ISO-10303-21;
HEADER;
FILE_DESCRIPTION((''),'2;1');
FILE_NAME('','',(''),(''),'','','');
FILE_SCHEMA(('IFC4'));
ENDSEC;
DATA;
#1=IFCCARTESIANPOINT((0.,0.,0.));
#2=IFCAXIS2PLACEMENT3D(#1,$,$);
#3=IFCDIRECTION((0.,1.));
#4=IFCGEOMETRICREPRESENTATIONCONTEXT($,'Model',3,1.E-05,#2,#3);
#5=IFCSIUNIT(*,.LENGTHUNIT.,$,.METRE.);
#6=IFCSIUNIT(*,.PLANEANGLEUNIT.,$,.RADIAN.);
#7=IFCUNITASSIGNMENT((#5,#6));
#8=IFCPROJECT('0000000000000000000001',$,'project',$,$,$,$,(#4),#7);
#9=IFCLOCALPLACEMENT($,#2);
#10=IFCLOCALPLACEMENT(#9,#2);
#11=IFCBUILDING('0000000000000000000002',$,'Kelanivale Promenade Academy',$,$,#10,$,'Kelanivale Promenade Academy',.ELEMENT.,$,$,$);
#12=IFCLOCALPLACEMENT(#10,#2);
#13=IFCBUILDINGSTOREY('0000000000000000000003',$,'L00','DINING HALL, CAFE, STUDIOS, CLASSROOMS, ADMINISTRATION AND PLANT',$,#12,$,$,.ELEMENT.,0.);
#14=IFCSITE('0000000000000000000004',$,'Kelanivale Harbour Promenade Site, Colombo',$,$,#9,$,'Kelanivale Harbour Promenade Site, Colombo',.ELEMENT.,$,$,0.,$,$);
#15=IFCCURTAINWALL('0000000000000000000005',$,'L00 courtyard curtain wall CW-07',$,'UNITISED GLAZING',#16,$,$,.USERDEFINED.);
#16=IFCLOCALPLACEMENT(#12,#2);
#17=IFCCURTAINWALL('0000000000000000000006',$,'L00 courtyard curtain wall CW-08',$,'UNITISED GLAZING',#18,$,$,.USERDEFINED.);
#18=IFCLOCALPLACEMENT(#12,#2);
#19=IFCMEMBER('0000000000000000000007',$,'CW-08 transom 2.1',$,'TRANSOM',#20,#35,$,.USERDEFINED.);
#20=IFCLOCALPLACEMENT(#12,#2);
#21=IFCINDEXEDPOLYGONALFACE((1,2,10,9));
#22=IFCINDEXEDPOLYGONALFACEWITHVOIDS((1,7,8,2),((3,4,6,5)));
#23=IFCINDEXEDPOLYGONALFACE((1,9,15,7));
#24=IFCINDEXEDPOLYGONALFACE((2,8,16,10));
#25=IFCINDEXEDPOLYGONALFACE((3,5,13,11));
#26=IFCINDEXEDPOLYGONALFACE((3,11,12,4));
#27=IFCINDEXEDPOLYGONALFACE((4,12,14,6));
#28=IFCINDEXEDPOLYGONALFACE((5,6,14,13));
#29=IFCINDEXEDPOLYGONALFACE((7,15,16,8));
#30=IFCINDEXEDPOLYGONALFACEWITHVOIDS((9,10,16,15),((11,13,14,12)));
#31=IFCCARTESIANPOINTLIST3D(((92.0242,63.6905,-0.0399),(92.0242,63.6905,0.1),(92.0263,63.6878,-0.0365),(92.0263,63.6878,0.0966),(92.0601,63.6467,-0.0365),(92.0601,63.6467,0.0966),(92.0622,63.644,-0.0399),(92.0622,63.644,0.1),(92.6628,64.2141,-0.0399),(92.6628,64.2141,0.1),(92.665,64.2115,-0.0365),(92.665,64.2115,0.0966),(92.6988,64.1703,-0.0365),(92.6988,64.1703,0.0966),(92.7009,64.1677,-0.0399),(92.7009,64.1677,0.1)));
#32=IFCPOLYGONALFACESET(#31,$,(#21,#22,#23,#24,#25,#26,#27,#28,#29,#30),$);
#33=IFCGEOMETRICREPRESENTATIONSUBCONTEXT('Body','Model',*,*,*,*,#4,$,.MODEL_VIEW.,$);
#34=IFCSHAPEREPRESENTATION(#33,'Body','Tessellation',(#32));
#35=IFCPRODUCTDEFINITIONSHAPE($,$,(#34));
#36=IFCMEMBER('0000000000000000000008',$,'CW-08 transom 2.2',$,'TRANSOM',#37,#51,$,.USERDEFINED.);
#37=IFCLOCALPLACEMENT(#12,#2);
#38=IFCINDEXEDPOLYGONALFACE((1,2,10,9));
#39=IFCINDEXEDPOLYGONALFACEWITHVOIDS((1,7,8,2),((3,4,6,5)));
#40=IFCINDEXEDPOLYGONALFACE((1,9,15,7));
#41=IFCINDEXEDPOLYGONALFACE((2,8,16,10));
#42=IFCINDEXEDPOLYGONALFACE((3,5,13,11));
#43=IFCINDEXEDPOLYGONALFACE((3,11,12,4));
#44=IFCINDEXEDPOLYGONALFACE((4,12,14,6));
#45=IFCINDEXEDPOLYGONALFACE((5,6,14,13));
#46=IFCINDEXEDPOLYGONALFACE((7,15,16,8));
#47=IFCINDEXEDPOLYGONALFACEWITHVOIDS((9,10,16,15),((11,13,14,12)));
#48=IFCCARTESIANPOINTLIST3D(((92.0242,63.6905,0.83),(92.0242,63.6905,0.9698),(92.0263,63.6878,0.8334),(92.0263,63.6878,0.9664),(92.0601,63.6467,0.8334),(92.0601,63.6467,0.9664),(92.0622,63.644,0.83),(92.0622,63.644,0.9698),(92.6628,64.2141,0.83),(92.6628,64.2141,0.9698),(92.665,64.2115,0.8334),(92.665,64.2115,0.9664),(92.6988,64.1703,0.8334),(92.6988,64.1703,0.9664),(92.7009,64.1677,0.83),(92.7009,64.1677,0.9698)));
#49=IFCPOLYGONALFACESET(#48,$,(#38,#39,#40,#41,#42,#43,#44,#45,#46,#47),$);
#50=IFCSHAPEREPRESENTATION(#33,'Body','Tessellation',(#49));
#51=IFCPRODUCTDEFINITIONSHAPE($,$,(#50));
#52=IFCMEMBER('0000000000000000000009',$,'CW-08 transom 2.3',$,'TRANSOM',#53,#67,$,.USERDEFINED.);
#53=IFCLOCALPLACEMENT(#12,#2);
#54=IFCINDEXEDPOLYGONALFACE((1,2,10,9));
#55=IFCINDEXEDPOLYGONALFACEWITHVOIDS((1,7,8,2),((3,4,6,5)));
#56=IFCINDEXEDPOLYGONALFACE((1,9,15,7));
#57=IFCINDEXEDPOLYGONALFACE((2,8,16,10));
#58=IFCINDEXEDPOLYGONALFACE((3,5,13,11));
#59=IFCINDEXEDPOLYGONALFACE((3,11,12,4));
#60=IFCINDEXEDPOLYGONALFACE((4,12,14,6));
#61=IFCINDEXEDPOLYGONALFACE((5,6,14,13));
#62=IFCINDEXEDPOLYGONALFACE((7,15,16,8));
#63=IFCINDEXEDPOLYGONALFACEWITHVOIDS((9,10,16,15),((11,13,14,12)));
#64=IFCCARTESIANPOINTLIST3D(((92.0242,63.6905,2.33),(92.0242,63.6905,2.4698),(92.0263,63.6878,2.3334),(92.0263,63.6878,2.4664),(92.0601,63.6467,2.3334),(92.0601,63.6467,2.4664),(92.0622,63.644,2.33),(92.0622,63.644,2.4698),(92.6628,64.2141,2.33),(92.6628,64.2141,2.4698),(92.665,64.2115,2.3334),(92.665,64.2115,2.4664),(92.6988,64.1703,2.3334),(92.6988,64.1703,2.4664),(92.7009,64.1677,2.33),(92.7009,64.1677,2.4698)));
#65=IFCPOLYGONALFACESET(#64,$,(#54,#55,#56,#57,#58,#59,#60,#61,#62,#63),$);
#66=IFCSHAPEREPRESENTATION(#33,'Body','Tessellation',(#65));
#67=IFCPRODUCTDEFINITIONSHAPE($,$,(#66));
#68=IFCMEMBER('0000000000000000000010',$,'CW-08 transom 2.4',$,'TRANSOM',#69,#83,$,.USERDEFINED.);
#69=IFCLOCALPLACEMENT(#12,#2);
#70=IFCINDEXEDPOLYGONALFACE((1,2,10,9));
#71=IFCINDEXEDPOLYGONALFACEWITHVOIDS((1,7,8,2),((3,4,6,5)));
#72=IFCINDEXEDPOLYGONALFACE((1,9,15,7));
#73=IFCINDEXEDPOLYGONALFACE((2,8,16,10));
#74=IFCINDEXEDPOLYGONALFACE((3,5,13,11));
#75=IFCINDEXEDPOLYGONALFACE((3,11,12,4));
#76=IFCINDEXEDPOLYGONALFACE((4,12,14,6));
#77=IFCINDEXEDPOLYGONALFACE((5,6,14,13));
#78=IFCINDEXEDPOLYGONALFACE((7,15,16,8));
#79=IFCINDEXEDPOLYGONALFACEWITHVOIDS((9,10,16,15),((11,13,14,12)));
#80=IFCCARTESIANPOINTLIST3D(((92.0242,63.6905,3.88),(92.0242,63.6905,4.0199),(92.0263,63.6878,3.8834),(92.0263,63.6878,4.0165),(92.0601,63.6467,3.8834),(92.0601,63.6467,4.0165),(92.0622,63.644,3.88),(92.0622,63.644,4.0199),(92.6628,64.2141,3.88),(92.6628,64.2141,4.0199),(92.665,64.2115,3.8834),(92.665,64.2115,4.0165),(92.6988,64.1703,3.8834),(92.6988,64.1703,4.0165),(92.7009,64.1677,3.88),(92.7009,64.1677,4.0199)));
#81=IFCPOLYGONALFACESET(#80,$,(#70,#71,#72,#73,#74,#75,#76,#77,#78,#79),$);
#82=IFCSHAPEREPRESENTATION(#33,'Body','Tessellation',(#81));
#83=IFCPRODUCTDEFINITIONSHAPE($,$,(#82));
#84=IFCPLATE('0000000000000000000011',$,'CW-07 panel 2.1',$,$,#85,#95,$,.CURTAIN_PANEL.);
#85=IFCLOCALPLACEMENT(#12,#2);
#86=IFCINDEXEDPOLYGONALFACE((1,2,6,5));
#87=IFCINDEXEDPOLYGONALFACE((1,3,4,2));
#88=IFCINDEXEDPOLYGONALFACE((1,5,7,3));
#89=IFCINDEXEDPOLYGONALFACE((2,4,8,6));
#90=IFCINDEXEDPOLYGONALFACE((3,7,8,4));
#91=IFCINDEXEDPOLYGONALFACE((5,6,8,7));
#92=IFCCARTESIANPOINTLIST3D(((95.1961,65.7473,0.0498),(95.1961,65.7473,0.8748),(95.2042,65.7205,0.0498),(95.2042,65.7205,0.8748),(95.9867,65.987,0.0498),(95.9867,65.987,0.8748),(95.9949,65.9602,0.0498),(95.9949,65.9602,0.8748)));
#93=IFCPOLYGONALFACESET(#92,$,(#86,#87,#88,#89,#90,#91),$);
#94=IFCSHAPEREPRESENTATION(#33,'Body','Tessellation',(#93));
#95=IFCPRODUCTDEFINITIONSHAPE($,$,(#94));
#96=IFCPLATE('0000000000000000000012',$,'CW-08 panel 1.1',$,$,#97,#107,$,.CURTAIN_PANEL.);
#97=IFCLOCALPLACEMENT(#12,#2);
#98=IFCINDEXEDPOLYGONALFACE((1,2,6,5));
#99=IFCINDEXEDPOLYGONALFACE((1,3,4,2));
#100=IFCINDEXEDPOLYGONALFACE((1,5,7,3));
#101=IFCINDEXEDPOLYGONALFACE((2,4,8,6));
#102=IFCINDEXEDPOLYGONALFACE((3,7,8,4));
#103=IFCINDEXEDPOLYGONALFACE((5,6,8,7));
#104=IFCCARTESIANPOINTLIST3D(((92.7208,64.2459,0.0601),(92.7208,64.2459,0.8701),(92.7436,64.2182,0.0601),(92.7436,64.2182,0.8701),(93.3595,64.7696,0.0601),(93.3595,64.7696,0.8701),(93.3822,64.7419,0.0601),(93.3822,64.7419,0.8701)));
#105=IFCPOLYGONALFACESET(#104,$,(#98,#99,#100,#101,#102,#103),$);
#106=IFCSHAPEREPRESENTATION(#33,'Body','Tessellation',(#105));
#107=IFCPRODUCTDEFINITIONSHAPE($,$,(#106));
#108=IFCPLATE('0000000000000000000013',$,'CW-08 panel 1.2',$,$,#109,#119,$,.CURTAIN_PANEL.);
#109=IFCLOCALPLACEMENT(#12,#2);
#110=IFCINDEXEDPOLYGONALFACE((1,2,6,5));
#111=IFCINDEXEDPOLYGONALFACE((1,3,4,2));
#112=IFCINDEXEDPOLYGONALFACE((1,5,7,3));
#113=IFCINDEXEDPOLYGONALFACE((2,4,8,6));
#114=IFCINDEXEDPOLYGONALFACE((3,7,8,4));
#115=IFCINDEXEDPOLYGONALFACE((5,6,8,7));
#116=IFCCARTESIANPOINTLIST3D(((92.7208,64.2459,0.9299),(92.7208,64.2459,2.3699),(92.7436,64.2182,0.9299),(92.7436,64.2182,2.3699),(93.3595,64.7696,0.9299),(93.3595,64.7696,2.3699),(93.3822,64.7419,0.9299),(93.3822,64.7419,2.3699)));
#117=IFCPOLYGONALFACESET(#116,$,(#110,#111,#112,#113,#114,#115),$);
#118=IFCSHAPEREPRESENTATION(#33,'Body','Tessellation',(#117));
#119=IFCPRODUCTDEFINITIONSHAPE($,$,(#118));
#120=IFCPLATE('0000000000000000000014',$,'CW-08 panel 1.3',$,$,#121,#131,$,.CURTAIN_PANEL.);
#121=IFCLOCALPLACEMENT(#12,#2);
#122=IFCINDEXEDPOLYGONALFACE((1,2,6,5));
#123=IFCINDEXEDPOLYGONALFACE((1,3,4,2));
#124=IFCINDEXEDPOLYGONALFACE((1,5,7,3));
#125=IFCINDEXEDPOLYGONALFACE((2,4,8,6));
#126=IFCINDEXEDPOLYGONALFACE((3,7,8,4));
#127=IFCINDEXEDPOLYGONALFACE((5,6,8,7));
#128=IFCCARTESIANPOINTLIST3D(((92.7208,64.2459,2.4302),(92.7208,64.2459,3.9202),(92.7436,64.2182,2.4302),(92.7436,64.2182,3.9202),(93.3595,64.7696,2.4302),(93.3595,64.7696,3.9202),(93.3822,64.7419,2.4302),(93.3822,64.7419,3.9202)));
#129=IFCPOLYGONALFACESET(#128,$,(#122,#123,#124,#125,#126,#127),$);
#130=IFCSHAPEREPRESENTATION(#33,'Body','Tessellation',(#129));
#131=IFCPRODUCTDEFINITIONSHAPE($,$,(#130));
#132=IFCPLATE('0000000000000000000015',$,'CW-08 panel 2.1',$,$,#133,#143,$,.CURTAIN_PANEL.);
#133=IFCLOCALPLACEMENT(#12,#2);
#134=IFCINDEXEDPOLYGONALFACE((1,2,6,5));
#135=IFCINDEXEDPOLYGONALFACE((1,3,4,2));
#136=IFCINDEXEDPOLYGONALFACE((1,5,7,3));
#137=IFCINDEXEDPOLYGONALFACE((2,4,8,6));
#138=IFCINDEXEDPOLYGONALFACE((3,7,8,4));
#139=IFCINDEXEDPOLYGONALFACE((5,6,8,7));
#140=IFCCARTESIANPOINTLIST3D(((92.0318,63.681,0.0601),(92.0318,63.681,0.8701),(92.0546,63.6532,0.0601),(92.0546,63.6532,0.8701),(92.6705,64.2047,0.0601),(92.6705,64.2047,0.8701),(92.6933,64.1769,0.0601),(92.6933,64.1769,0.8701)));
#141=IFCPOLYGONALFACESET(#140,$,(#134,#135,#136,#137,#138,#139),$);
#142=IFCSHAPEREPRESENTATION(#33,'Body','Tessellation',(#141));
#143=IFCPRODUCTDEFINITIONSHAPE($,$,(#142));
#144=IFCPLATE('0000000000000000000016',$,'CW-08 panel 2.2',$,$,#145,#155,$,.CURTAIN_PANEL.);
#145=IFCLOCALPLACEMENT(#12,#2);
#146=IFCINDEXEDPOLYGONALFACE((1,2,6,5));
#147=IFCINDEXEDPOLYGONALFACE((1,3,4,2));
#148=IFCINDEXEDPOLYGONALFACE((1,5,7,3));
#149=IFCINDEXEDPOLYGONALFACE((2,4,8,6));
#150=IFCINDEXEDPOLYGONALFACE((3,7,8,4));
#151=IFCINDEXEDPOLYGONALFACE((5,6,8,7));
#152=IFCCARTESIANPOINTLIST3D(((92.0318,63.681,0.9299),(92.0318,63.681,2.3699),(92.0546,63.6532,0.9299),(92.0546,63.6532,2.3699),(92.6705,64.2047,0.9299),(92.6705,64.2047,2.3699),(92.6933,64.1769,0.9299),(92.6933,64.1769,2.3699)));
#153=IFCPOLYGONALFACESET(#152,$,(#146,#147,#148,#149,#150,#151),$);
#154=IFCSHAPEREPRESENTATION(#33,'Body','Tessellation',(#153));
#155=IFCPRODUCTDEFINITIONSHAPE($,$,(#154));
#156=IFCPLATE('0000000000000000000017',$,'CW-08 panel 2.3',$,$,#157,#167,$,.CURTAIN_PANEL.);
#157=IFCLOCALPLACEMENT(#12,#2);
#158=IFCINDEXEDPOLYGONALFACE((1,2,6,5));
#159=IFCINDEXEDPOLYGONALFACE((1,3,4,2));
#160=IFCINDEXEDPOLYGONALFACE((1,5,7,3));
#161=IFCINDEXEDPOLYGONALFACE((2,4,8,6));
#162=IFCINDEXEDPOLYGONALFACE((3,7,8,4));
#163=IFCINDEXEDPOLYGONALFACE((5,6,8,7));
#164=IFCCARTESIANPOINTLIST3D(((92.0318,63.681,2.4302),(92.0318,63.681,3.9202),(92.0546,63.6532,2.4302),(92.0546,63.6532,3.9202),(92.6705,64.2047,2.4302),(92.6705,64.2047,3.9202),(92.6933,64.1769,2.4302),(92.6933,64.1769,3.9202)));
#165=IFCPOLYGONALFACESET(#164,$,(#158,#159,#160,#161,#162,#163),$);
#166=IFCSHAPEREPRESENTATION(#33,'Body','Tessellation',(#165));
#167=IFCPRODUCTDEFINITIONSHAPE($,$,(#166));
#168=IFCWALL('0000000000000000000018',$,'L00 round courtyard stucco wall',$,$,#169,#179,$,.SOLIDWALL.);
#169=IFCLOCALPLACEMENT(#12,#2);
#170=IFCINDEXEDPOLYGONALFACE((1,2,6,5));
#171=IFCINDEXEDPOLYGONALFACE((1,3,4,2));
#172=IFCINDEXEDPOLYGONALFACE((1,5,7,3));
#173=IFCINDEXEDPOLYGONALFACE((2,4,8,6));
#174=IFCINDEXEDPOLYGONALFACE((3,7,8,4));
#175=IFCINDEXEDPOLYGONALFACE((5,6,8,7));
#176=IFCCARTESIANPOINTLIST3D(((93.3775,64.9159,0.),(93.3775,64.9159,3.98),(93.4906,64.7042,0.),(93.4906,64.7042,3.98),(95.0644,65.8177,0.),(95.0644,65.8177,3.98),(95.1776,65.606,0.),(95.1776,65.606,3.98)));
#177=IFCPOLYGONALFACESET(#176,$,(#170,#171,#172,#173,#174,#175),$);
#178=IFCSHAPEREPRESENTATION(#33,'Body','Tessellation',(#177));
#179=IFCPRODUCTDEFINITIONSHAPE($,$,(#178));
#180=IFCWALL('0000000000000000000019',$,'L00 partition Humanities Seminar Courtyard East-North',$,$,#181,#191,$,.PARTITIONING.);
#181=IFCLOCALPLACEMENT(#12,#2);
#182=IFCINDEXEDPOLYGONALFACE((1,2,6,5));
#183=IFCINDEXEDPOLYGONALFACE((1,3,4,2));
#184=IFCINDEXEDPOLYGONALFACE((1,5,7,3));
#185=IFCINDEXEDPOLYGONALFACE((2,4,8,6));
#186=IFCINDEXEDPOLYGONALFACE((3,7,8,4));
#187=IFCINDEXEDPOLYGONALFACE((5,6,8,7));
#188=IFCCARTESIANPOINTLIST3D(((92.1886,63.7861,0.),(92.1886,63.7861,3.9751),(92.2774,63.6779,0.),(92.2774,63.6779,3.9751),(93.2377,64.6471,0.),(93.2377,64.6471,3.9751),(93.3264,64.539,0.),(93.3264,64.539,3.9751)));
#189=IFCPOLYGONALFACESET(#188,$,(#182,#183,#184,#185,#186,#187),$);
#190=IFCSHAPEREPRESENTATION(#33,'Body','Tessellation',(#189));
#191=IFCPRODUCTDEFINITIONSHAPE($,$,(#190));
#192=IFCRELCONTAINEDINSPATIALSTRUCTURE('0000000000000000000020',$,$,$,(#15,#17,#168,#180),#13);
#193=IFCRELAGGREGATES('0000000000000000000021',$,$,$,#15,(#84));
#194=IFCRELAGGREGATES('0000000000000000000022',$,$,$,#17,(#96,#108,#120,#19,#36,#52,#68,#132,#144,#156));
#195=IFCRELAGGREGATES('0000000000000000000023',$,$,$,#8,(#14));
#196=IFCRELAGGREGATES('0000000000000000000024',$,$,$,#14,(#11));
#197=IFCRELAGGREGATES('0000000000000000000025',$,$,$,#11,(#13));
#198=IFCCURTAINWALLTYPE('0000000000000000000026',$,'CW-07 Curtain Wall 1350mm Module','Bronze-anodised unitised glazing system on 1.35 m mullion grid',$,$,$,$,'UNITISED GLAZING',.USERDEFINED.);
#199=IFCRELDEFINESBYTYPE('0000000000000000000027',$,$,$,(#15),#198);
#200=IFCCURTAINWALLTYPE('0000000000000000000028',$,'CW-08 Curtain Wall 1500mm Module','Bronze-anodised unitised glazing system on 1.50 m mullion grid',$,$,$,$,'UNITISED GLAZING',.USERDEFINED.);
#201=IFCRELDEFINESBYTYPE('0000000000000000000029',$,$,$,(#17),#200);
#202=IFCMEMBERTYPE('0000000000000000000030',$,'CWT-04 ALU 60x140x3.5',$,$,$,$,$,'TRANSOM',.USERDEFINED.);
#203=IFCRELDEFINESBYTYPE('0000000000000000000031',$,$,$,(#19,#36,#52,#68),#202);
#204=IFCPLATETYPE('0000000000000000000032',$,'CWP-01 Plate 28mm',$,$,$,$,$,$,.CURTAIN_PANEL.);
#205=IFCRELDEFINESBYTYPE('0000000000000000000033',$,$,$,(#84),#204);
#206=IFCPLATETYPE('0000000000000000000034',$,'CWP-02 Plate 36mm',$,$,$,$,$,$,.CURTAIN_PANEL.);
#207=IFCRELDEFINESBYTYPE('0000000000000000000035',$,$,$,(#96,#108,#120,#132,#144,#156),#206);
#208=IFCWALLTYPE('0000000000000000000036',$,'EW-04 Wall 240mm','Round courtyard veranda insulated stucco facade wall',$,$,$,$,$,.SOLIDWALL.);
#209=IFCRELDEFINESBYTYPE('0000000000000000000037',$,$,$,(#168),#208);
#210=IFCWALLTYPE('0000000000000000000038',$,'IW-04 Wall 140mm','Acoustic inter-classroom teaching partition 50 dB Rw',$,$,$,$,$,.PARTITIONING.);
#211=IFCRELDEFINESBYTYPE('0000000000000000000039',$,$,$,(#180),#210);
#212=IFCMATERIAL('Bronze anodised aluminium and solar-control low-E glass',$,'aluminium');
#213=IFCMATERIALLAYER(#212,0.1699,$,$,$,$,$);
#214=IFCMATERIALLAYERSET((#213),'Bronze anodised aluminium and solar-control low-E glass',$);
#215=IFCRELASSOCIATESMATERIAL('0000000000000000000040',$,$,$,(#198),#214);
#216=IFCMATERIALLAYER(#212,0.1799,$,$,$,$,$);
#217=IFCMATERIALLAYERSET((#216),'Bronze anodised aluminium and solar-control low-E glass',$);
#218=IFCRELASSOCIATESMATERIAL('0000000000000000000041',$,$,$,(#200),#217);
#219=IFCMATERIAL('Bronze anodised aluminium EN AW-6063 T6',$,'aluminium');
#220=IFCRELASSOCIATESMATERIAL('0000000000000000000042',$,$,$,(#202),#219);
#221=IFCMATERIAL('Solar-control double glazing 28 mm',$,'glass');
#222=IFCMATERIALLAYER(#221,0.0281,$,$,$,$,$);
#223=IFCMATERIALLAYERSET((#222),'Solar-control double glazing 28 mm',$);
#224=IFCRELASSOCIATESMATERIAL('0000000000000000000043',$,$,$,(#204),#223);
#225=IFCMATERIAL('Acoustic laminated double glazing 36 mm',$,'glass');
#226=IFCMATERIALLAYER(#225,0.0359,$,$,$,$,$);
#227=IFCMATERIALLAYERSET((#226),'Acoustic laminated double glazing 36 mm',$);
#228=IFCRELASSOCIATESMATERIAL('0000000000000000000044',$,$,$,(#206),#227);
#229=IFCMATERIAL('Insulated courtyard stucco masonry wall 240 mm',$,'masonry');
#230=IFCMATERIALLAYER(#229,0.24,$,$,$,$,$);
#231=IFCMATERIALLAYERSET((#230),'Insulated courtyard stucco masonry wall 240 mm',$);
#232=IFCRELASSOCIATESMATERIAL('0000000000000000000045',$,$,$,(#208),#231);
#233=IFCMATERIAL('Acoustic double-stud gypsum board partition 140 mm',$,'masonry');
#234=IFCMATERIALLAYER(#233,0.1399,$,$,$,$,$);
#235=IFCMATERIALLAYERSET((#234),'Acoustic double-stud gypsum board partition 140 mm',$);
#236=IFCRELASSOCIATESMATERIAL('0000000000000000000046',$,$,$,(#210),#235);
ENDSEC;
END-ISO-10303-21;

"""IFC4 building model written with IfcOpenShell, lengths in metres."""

from ifc_helpers import new_model, si_unit, direction, frame, frame_2d, origin, origin_2d, place, context, subcontext, project, spatial, rectangle, hollow_rectangle, extrude, material, layer, layer_set, material_profile, profile_set, type_object, element, aggregate, save


model = new_model("IFC4")

# Units and contexts
model_context = context("Model", 3, precision=1e-05, world=origin(), true_north=direction((0.0, 1.0)))
body_context = subcontext(model_context, "Body", "Model", "MODEL_VIEW")
ifc_project = project(units=[si_unit("LENGTHUNIT", "METRE"), si_unit("PLANEANGLEUNIT", "RADIAN")], contexts=[model_context])

# Site, building, storey
site_placement = place(None, origin())
site = spatial("IfcSite", under=ifc_project, at=site_placement, Name="Kelanivale Harbour Promenade Site, Colombo", LongName="Kelanivale Harbour Promenade Site, Colombo", CompositionType="ELEMENT", RefElevation=0.0)
building_placement = place(site_placement, origin())
building = spatial("IfcBuilding", under=site, at=building_placement, Name="Kelanivale Promenade Academy", LongName="Kelanivale Promenade Academy", CompositionType="ELEMENT")
storey_placement = place(building_placement, origin())
storey = spatial("IfcBuildingStorey", under=building, at=storey_placement, Name="L00", Description="DINING HALL, CAFE, STUDIOS, CLASSROOMS, ADMINISTRATION AND PLANT", CompositionType="ELEMENT", Elevation=0.0)

# Curtain wall
ifc_material_1 = material(Name="Bronze anodised aluminium and solar-control low-E glass", Category="aluminium")
ifc_material_2 = material(Name="Bronze anodised aluminium EN AW-6063 T6", Category="aluminium")
ifc_layer_1 = layer(ifc_material_1, 0.1699)
ifc_layer_set_1 = layer_set([ifc_layer_1], Name="Bronze anodised aluminium and solar-control low-E glass")
curtain_wall_type_1 = type_object("IfcCurtainWallType", Name="CW-07 Curtain Wall 1350mm Module", Description="Bronze-anodised unitised glazing system on 1.35 m mullion grid", ElementType="UNITISED GLAZING", PredefinedType="USERDEFINED", material=ifc_layer_set_1)
curtain_wall_1_placement = place(storey_placement, origin())
curtain_wall_1 = element("IfcCurtainWall", 1, at=curtain_wall_1_placement, inside=storey, type_object=curtain_wall_type_1, Name="L00 courtyard curtain wall CW-07", ObjectType="UNITISED GLAZING", PredefinedType="USERDEFINED")

# Curtain wall
ifc_layer_2 = layer(ifc_material_1, 0.1799)
ifc_layer_set_2 = layer_set([ifc_layer_2], Name="Bronze anodised aluminium and solar-control low-E glass")
curtain_wall_type_2 = type_object("IfcCurtainWallType", Name="CW-08 Curtain Wall 1500mm Module", Description="Bronze-anodised unitised glazing system on 1.50 m mullion grid", ElementType="UNITISED GLAZING", PredefinedType="USERDEFINED", material=ifc_layer_set_2)
curtain_wall_2_placement = place(storey_placement, origin())
curtain_wall_2 = element("IfcCurtainWall", 2, at=curtain_wall_2_placement, inside=storey, type_object=curtain_wall_type_2, Name="L00 courtyard curtain wall CW-08", ObjectType="UNITISED GLAZING", PredefinedType="USERDEFINED")

# Members
ifc_material_profile_1 = material_profile(ifc_material_2, hollow_rectangle(XDim=0.0601, YDim=0.1399, WallThickness=0.0034, at=origin_2d()), Name="ALU 60x140x3.5")
ifc_profile_set_1 = profile_set([ifc_material_profile_1], Name="Bronze anodised aluminium EN AW-6063 T6")
member_type_1 = type_object("IfcMemberType", Name="CWT-04 ALU 60x140x3.5", ElementType="TRANSOM", PredefinedType="USERDEFINED", material=ifc_profile_set_1)
member_1_placement = place(storey_placement, frame((92.6819, 64.1909, 0.03), z_axis=(-0.773285, -0.634058, 0.0), x_axis=(0.634058, -0.773285, 0.0)))
member_1 = element("IfcMember", 3, at=member_1_placement, type_object=member_type_1, Name="CW-08 transom 2.1", ObjectType="TRANSOM", PredefinedType="USERDEFINED", context=body_context, shape_type="SweptSolid", body=[
    extrude(hollow_rectangle(XDim=0.0601, YDim=0.1399, WallThickness=0.0034, at=origin_2d()), origin(), (0.0, 0.0, 1.0), 0.8259),
])
member_2_placement = place(storey_placement, frame((92.6819, 64.1909, 0.8999), z_axis=(-0.773285, -0.634058, 0.0), x_axis=(0.634058, -0.773285, 0.0)))
member_2 = element("IfcMember", 4, at=member_2_placement, type_object=member_type_1, Name="CW-08 transom 2.2", ObjectType="TRANSOM", PredefinedType="USERDEFINED", context=body_context, shape_type="SweptSolid", body=[
    extrude(hollow_rectangle(XDim=0.0601, YDim=0.1399, WallThickness=0.0034, at=origin_2d()), origin(), (0.0, 0.0, 1.0), 0.8259),
])
member_3_placement = place(storey_placement, frame((92.6819, 64.1909, 2.3999), z_axis=(-0.773285, -0.634058, 0.0), x_axis=(0.634058, -0.773285, 0.0)))
member_3 = element("IfcMember", 5, at=member_3_placement, type_object=member_type_1, Name="CW-08 transom 2.3", ObjectType="TRANSOM", PredefinedType="USERDEFINED", context=body_context, shape_type="SweptSolid", body=[
    extrude(hollow_rectangle(XDim=0.0601, YDim=0.1399, WallThickness=0.0034, at=origin_2d()), origin(), (0.0, 0.0, 1.0), 0.8259),
])
member_4_placement = place(storey_placement, frame((92.6819, 64.1909, 3.95), z_axis=(-0.773285, -0.634058, 0.0), x_axis=(0.634058, -0.773285, 0.0)))
member_4 = element("IfcMember", 6, at=member_4_placement, type_object=member_type_1, Name="CW-08 transom 2.4", ObjectType="TRANSOM", PredefinedType="USERDEFINED", context=body_context, shape_type="SweptSolid", body=[
    extrude(hollow_rectangle(XDim=0.0601, YDim=0.1399, WallThickness=0.0034, at=origin_2d()), origin(), (0.0, 0.0, 1.0), 0.8259),
])

# Plates
ifc_material_3 = material(Name="Solar-control double glazing 28 mm", Category="glass")
ifc_layer_3 = layer(ifc_material_3, 0.0281)
ifc_layer_set_3 = layer_set([ifc_layer_3], Name="Solar-control double glazing 28 mm")
plate_type_1 = type_object("IfcPlateType", Name="CWP-01 Plate 28mm", PredefinedType="CURTAIN_PANEL", material=ifc_layer_set_3)
plate_1_placement = place(storey_placement, frame((95.5955, 65.8538, 0.0498), z_axis=(0.0, 0.0, 1.0), x_axis=(-0.956988, -0.290128, 0.0)))
plate_1 = element("IfcPlate", 7, at=plate_1_placement, type_object=plate_type_1, Name="CW-07 panel 2.1", PredefinedType="CURTAIN_PANEL", context=body_context, shape_type="SweptSolid", body=[
    extrude(rectangle(XDim=0.8262, YDim=0.0281, at=origin_2d()), origin(), (0.0, 0.0, 1.0), 0.825),
])
aggregate(curtain_wall_1, [plate_1])
ifc_material_4 = material(Name="Acoustic laminated double glazing 36 mm", Category="glass")
ifc_layer_4 = layer(ifc_material_4, 0.0359)
ifc_layer_set_4 = layer_set([ifc_layer_4], Name="Acoustic laminated double glazing 36 mm")
plate_type_2 = type_object("IfcPlateType", Name="CWP-02 Plate 36mm", PredefinedType="CURTAIN_PANEL", material=ifc_layer_set_4)
plate_2_placement = place(storey_placement, frame((93.0515, 64.4939, 0.0601), z_axis=(0.0, 0.0, 1.0), x_axis=(-0.773257, -0.634093, 0.0)))
plate_2 = element("IfcPlate", 8, at=plate_2_placement, type_object=plate_type_2, Name="CW-08 panel 1.1", PredefinedType="CURTAIN_PANEL", context=body_context, shape_type="SweptSolid", body=[
    extrude(rectangle(XDim=0.8259, YDim=0.0359, at=origin_2d()), origin(), (0.0, 0.0, 1.0), 0.8101),
])
plate_3_placement = place(storey_placement, frame((93.0515, 64.4939, 0.9299), z_axis=(0.0, 0.0, 1.0), x_axis=(-0.773257, -0.634093, 0.0)))
plate_3 = element("IfcPlate", 9, at=plate_3_placement, type_object=plate_type_2, Name="CW-08 panel 1.2", PredefinedType="CURTAIN_PANEL", context=body_context, shape_type="SweptSolid", body=[
    extrude(rectangle(XDim=0.8259, YDim=0.0359, at=origin_2d()), origin(), (0.0, 0.0, 1.0), 1.4399),
])
plate_4_placement = place(storey_placement, frame((93.0515, 64.4939, 2.4302), z_axis=(0.0, 0.0, 1.0), x_axis=(-0.773257, -0.634093, 0.0)))
plate_4 = element("IfcPlate", 10, at=plate_4_placement, type_object=plate_type_2, Name="CW-08 panel 1.3", PredefinedType="CURTAIN_PANEL", context=body_context, shape_type="SweptSolid", body=[
    extrude(rectangle(XDim=0.8259, YDim=0.0359, at=origin_2d()), origin(), (0.0, 0.0, 1.0), 1.49),
])
plate_5_placement = place(storey_placement, frame((92.3625, 63.929, 0.0601), z_axis=(0.0, 0.0, 1.0), x_axis=(-0.773257, -0.634093, 0.0)))
plate_5 = element("IfcPlate", 11, at=plate_5_placement, type_object=plate_type_2, Name="CW-08 panel 2.1", PredefinedType="CURTAIN_PANEL", context=body_context, shape_type="SweptSolid", body=[
    extrude(rectangle(XDim=0.8259, YDim=0.0359, at=origin_2d()), origin(), (0.0, 0.0, 1.0), 0.8101),
])
plate_6_placement = place(storey_placement, frame((92.3625, 63.929, 0.9299), z_axis=(0.0, 0.0, 1.0), x_axis=(-0.773257, -0.634093, 0.0)))
plate_6 = element("IfcPlate", 12, at=plate_6_placement, type_object=plate_type_2, Name="CW-08 panel 2.2", PredefinedType="CURTAIN_PANEL", context=body_context, shape_type="SweptSolid", body=[
    extrude(rectangle(XDim=0.8259, YDim=0.0359, at=origin_2d()), origin(), (0.0, 0.0, 1.0), 1.4399),
])
plate_7_placement = place(storey_placement, frame((92.3625, 63.929, 2.4302), z_axis=(0.0, 0.0, 1.0), x_axis=(-0.773257, -0.634093, 0.0)))
plate_7 = element("IfcPlate", 13, at=plate_7_placement, type_object=plate_type_2, Name="CW-08 panel 2.3", PredefinedType="CURTAIN_PANEL", context=body_context, shape_type="SweptSolid", body=[
    extrude(rectangle(XDim=0.8259, YDim=0.0359, at=origin_2d()), origin(), (0.0, 0.0, 1.0), 1.49),
])
aggregate(curtain_wall_2, [plate_2, plate_3, plate_4, member_1, member_2, member_3, member_4, plate_5, plate_6, plate_7])

# Walls
ifc_material_5 = material(Name="Insulated courtyard stucco masonry wall 240 mm", Category="masonry")
ifc_layer_5 = layer(ifc_material_5, 0.24)
ifc_layer_set_5 = layer_set([ifc_layer_5], Name="Insulated courtyard stucco masonry wall 240 mm")
wall_type_1 = type_object("IfcWallType", Name="EW-04 Wall 240mm", Description="Round courtyard veranda insulated stucco facade wall", PredefinedType="SOLIDWALL", material=ifc_layer_set_5)
wall_1_placement = place(storey_placement, frame((95.1211, 65.7119, 0.0), z_axis=(0.0, 0.0, 1.0), x_axis=(-0.881893, -0.471449, 0.0)))
element("IfcWall", 14, at=wall_1_placement, inside=storey, type_object=wall_type_1, Name="L00 round courtyard stucco wall", PredefinedType="SOLIDWALL", context=body_context, shape_type="SweptSolid", body=[
    extrude(rectangle(XDim=1.9128, YDim=0.24, at=frame_2d((0.9565, 0.0))), origin(), (0.0, 0.0, 1.0), 3.98),
])
ifc_material_6 = material(Name="Acoustic double-stud gypsum board partition 140 mm", Category="masonry")
ifc_layer_6 = layer(ifc_material_6, 0.1399)
ifc_layer_set_6 = layer_set([ifc_layer_6], Name="Acoustic double-stud gypsum board partition 140 mm")
wall_type_2 = type_object("IfcWallType", Name="IW-04 Wall 140mm", Description="Acoustic inter-classroom teaching partition 50 dB Rw", PredefinedType="PARTITIONING", material=ifc_layer_set_6)
wall_2_placement = place(storey_placement, frame((92.2329, 63.7319, 0.0), z_axis=(0.0, 0.0, 1.0), x_axis=(0.772963, 0.634452, 0.0)))
element("IfcWall", 15, at=wall_2_placement, inside=storey, type_object=wall_type_2, Name="L00 partition Humanities Seminar Courtyard East-North", PredefinedType="PARTITIONING", context=body_context, shape_type="SweptSolid", body=[
    extrude(rectangle(XDim=1.3572, YDim=0.1399, at=frame_2d((0.6787, 0.0))), origin(), (0.0, 0.0, 1.0), 3.9751),
])

save(model, "model.ifc")
